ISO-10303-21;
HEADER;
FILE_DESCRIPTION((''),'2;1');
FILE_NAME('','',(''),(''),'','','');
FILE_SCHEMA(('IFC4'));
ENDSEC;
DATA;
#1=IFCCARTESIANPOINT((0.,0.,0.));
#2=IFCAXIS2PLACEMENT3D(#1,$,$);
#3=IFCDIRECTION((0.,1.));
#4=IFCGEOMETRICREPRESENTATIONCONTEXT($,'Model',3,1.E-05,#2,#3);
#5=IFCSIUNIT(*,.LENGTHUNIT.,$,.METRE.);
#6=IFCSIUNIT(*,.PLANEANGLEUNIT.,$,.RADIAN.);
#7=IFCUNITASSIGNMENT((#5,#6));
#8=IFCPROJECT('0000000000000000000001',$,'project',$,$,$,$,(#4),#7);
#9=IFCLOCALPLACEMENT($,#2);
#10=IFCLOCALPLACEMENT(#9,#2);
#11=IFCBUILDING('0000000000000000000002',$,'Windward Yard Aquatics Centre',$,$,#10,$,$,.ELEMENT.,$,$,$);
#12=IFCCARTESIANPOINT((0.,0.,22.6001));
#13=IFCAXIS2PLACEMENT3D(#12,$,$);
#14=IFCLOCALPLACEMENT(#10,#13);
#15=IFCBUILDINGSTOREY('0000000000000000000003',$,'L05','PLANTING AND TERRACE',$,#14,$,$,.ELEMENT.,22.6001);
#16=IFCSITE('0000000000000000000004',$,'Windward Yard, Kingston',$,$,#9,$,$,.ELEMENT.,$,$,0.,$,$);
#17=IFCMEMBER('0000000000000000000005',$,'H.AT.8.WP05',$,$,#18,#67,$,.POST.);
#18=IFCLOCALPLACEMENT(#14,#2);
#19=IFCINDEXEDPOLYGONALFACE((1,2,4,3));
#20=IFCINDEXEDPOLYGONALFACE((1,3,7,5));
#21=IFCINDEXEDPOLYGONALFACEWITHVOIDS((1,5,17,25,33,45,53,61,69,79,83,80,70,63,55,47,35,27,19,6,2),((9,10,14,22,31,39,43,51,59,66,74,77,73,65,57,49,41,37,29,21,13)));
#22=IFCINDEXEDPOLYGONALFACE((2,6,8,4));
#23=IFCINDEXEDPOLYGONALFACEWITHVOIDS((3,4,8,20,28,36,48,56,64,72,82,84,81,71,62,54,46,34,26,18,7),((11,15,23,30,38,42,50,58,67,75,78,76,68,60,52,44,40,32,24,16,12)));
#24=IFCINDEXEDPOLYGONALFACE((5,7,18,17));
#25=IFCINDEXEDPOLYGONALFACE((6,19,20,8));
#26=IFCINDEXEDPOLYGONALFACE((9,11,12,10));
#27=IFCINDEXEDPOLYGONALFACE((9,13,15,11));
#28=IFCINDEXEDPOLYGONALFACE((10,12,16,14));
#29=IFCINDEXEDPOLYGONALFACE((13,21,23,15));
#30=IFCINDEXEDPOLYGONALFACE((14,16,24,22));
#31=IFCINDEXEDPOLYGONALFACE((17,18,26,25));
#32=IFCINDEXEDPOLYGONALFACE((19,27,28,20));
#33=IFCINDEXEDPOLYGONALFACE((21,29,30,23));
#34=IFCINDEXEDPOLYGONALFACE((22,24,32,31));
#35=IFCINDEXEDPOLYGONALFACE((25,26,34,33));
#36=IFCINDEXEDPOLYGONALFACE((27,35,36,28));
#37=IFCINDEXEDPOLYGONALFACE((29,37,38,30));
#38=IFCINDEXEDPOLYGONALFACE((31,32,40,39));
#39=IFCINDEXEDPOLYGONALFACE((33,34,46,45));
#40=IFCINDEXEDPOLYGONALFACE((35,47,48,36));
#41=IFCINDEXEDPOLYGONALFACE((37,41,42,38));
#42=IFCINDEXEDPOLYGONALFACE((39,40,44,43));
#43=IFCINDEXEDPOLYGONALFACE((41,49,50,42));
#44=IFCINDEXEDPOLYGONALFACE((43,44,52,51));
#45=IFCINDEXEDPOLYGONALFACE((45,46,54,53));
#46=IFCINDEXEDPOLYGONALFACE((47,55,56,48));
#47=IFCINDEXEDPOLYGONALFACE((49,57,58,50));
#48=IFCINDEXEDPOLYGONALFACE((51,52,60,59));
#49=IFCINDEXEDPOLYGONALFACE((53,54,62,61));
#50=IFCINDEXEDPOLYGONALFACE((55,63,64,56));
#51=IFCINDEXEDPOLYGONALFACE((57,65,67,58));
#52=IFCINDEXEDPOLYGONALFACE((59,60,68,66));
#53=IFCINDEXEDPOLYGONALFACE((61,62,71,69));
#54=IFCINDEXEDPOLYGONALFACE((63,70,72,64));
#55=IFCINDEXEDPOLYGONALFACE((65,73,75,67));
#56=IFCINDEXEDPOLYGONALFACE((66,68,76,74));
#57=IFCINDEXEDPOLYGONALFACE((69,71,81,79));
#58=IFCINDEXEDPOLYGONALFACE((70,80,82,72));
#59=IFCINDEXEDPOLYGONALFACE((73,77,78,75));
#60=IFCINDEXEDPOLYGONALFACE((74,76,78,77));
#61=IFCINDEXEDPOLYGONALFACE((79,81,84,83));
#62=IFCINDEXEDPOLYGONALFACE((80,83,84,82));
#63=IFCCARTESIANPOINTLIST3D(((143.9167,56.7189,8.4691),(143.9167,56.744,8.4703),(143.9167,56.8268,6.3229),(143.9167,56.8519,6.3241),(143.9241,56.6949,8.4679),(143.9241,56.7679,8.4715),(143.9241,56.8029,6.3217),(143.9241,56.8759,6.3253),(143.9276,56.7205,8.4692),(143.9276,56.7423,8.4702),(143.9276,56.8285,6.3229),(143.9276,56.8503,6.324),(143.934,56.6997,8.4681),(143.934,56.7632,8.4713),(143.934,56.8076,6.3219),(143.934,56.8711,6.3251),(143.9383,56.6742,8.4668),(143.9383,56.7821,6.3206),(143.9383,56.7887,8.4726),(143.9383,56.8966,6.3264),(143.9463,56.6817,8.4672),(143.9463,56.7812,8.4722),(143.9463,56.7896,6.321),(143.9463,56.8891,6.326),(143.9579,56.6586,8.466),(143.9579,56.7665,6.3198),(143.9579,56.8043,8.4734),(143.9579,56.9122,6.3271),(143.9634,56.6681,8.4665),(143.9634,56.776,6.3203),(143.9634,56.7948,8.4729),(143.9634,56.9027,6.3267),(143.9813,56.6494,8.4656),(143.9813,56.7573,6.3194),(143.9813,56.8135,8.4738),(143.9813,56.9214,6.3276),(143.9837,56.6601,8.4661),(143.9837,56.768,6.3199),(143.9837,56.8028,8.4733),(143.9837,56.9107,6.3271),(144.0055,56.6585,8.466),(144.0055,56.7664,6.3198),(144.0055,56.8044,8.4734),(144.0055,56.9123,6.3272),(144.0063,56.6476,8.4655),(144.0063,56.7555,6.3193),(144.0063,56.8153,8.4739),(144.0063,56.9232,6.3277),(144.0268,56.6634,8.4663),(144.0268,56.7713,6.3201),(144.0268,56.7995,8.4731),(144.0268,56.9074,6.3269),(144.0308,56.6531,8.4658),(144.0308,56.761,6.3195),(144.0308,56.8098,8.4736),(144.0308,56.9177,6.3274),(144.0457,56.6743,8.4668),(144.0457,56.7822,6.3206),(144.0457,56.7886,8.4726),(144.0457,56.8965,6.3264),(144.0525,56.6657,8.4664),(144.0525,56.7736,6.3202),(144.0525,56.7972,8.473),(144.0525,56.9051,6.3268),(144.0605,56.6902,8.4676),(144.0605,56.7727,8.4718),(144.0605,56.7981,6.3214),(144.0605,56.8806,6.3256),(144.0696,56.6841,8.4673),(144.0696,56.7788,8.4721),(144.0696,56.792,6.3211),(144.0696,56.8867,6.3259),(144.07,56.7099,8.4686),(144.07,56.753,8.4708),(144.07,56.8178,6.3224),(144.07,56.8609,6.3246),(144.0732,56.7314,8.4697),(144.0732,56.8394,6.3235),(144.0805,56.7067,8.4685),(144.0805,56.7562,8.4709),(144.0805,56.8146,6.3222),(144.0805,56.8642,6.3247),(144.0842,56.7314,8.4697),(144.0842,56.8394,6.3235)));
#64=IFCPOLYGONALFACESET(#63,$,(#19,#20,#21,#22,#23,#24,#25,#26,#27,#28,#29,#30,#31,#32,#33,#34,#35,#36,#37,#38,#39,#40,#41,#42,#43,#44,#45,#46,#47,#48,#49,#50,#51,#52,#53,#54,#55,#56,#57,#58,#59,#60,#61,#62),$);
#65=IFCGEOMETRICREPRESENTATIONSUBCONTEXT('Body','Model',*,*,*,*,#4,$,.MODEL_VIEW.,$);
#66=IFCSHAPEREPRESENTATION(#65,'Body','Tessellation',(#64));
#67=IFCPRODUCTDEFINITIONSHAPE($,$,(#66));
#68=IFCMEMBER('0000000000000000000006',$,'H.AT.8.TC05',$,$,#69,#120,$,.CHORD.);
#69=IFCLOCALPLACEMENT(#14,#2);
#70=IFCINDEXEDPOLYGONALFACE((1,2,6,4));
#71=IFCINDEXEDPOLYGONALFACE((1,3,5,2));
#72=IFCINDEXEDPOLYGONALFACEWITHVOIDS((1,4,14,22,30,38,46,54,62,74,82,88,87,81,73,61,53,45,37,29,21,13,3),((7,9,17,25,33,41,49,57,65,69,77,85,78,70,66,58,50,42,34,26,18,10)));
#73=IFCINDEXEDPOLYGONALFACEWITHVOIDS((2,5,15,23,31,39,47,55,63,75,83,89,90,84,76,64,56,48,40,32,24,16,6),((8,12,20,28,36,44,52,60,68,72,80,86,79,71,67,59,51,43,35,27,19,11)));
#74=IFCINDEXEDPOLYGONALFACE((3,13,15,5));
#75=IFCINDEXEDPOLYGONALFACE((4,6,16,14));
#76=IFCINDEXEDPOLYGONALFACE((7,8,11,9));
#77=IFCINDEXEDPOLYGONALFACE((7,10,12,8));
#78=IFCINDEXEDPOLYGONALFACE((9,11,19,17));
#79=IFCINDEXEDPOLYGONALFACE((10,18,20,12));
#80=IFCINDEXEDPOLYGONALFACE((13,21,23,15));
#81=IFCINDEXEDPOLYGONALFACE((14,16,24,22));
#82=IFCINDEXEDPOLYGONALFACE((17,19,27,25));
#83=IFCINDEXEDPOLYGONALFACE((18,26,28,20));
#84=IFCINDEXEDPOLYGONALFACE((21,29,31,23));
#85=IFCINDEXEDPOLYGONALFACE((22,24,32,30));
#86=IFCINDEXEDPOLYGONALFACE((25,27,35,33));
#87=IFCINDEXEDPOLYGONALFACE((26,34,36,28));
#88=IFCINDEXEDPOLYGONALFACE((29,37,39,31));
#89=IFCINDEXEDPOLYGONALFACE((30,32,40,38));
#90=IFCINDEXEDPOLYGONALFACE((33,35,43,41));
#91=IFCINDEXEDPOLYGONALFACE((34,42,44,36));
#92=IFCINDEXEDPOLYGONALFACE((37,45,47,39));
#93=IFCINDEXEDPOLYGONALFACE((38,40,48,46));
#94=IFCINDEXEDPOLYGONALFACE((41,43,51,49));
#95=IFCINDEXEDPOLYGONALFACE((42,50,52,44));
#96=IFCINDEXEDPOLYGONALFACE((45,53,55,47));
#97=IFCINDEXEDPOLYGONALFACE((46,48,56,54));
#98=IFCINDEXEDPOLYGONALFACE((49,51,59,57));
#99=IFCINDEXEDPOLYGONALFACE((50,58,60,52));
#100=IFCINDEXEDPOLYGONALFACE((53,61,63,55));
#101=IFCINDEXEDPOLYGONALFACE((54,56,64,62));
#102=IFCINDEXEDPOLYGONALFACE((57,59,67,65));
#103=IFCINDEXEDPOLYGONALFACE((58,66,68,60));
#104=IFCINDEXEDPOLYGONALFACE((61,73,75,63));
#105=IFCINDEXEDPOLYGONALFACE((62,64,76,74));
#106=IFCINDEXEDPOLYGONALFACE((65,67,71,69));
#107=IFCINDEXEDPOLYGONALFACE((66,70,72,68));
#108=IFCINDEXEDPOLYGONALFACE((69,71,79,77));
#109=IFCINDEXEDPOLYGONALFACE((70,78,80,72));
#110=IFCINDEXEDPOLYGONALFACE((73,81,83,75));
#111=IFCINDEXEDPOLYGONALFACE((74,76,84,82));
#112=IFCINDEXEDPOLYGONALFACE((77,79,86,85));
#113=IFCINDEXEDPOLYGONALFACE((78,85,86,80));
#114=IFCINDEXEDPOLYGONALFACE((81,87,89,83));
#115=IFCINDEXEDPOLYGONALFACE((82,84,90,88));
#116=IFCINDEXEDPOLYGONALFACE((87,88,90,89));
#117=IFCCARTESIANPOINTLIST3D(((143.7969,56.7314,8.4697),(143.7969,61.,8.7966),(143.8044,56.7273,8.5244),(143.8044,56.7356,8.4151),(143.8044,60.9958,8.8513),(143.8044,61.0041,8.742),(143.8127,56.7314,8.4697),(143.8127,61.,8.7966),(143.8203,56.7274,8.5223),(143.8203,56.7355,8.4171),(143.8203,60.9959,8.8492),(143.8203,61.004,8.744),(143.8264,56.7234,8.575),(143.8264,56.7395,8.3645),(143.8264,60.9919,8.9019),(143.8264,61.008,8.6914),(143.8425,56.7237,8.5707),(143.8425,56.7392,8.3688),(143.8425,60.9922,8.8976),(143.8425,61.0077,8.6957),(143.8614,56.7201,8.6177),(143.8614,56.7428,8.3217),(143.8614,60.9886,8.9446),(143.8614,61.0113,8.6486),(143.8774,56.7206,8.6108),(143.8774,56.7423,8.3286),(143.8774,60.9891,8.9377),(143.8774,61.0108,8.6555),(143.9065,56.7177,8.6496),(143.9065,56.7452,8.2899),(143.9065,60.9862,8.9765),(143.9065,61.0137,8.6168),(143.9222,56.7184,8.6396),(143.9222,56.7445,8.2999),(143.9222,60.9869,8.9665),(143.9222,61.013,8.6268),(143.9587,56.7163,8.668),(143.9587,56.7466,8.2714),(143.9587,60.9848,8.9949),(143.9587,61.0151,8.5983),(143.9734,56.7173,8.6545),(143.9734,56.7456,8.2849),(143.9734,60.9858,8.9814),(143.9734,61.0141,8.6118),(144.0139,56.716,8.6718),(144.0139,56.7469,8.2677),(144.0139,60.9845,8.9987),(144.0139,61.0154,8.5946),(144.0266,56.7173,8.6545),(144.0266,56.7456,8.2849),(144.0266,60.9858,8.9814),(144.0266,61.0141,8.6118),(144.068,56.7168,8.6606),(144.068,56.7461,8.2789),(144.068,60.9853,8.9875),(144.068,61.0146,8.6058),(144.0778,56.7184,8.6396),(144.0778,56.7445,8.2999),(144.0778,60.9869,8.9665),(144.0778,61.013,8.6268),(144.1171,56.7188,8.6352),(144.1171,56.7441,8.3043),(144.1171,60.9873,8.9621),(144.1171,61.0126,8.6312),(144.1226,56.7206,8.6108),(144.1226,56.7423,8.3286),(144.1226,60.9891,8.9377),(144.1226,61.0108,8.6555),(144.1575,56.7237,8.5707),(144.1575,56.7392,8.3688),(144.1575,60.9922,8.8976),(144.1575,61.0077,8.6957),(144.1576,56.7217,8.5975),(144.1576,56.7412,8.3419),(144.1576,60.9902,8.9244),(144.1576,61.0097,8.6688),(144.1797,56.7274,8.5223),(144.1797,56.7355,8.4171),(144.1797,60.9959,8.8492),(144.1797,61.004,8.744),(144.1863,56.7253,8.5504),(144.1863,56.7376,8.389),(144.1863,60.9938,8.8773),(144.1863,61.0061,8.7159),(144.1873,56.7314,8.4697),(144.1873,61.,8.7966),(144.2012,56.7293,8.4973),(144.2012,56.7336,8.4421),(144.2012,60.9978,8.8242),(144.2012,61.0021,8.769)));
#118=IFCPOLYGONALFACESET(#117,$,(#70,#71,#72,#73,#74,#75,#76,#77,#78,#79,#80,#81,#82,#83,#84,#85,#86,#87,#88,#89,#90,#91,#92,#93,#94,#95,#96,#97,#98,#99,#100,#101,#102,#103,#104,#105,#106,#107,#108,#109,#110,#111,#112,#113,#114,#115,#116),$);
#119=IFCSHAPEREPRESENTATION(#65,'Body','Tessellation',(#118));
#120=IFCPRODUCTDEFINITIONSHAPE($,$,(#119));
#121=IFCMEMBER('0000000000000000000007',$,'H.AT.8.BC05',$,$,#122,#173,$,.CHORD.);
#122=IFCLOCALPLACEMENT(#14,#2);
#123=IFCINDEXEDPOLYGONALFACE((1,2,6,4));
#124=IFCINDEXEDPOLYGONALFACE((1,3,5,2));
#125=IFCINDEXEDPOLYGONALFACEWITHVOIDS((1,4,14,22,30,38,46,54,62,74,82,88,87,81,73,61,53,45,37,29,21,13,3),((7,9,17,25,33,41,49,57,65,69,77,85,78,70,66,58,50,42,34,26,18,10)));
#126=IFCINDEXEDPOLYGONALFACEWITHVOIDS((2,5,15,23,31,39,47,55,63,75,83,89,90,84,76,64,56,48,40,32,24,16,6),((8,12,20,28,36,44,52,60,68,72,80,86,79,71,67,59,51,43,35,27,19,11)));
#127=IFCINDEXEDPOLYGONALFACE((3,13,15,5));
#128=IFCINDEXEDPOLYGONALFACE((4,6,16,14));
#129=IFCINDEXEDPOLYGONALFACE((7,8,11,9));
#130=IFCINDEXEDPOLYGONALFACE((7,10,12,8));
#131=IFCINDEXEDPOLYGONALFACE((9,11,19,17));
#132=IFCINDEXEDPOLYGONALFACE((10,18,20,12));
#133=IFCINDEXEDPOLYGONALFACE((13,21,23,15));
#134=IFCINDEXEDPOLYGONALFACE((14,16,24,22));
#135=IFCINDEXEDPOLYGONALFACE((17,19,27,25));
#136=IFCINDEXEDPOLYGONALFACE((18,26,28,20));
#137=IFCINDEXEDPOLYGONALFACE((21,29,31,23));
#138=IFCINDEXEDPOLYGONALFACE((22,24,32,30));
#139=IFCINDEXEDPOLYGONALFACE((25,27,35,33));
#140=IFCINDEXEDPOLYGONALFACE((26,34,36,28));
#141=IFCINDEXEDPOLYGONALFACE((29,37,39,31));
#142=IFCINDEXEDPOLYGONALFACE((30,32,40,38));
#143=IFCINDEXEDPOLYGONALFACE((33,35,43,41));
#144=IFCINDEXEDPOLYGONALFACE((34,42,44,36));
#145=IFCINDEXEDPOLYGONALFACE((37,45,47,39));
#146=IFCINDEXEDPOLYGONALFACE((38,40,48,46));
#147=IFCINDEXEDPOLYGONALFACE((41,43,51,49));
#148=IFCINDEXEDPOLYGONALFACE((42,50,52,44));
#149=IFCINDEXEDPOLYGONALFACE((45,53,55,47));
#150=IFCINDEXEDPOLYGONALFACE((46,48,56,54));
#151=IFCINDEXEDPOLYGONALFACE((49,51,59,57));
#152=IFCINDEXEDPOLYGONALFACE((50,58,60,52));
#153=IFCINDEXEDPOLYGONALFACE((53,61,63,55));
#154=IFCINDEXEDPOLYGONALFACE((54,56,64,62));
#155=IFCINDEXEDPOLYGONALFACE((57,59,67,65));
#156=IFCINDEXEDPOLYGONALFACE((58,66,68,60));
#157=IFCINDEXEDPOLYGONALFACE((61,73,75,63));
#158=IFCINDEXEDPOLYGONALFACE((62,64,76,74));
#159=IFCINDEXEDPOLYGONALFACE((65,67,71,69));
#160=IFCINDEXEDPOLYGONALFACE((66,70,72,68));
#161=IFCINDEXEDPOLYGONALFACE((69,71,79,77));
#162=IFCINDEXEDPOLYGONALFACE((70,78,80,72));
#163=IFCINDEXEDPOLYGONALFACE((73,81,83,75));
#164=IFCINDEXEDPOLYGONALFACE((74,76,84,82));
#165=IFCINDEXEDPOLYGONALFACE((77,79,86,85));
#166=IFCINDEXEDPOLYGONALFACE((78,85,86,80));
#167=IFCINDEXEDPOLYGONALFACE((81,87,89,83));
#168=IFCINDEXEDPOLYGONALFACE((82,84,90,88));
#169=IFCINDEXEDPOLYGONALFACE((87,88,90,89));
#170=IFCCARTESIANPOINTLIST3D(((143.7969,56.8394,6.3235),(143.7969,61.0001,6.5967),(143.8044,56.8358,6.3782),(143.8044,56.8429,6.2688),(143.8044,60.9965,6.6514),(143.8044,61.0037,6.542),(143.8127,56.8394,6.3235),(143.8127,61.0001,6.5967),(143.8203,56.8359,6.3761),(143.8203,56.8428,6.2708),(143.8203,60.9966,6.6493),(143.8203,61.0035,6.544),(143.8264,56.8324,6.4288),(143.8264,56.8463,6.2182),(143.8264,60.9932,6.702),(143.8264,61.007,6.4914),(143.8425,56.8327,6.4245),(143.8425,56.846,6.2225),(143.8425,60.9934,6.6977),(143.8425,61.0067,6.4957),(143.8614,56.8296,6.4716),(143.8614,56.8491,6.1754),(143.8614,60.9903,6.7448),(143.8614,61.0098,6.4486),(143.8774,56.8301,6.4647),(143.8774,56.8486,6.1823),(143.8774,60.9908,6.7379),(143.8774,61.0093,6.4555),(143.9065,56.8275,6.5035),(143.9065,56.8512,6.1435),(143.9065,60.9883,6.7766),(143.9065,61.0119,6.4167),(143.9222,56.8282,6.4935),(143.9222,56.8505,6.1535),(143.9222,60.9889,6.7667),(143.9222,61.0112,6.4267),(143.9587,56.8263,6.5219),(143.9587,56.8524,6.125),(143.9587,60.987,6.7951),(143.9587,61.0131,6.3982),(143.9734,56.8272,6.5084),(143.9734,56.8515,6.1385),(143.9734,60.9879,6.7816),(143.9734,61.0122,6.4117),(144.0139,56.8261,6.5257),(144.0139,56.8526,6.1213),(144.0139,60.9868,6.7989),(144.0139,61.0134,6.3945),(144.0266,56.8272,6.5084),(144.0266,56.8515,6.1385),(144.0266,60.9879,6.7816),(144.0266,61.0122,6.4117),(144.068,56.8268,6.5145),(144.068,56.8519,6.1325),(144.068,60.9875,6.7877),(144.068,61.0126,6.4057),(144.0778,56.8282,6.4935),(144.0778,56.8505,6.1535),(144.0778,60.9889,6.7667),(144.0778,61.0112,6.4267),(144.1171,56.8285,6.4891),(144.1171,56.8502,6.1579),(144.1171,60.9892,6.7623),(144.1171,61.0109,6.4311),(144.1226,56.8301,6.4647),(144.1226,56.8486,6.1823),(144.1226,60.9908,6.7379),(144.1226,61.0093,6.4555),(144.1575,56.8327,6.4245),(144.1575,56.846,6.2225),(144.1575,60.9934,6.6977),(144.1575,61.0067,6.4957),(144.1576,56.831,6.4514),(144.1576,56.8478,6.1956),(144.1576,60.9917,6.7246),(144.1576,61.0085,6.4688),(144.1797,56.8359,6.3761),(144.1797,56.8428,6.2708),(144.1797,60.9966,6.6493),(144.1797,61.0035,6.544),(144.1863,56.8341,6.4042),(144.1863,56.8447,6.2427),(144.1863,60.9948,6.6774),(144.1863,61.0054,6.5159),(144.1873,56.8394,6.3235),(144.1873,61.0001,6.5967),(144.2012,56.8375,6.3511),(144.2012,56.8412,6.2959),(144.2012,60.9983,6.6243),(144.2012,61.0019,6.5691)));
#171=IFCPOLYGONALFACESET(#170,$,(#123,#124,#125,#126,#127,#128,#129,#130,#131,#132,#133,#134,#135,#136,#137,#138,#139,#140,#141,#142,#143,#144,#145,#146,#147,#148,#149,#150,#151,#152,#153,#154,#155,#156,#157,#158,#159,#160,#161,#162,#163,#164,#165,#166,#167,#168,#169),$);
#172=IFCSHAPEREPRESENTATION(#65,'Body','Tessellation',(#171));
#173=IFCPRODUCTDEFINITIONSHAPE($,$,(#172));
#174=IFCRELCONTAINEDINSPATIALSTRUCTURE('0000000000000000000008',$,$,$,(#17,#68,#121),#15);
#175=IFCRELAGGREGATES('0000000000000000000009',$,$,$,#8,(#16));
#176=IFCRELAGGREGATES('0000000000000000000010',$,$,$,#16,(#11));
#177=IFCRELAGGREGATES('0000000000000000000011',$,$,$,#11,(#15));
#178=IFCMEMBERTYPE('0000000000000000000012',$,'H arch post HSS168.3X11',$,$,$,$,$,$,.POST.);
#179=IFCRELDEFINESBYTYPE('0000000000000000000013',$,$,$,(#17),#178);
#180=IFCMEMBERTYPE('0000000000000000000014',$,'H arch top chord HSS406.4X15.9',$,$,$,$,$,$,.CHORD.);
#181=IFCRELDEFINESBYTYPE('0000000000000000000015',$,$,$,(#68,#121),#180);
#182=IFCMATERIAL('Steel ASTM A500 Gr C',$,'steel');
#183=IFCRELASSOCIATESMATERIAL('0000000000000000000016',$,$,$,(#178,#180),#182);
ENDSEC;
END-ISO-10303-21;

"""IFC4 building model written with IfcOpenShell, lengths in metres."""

from ifc_helpers import new_model, si_unit, direction, frame, origin, origin_2d, place, context, subcontext, project, spatial, hollow_circle, extrude, material, material_profile, profile_set, type_object, element, save


model = new_model("IFC4")

# Units and contexts
model_context = context("Model", 3, precision=1e-05, world=origin(), true_north=direction((0.0, 1.0)))
body_context = subcontext(model_context, "Body", "Model", "MODEL_VIEW")
ifc_project = project(units=[si_unit("LENGTHUNIT", "METRE"), si_unit("PLANEANGLEUNIT", "RADIAN")], contexts=[model_context])

# Site, building, storey
site_placement = place(None, origin())
site = spatial("IfcSite", under=ifc_project, at=site_placement, Name="Windward Yard, Kingston", CompositionType="ELEMENT", RefElevation=0.0)
building_placement = place(site_placement, origin())
building = spatial("IfcBuilding", under=site, at=building_placement, Name="Windward Yard Aquatics Centre", CompositionType="ELEMENT")
storey_placement = place(building_placement, frame((0.0, 0.0, 22.6001)))
storey = spatial("IfcBuildingStorey", under=building, at=storey_placement, Name="L05", Description="PLANTING AND TERRACE", CompositionType="ELEMENT", Elevation=22.6001)

# Members
ifc_material_1 = material(Name="Steel ASTM A500 Gr C", Category="steel")
ifc_material_profile_1 = material_profile(ifc_material_1, hollow_circle(Radius=0.0842, WallThickness=0.011, at=origin_2d()), Name="HSS168.3X11")
ifc_profile_set_1 = profile_set([ifc_material_profile_1], Name="Steel ASTM A500 Gr C")
member_type_1 = type_object("IfcMemberType", Name="H arch post HSS168.3X11", PredefinedType="POST", material=ifc_profile_set_1)
member_1_placement = place(storey_placement, frame((144.0, 56.8394, 6.3235), z_axis=(0.0, -0.050215, 0.998738), x_axis=(1.0, 0.0, 0.0)))
element("IfcMember", 1, at=member_1_placement, inside=storey, type_object=member_type_1, Name="H.AT.8.WP05", PredefinedType="POST", context=body_context, shape_type="SweptSolid", body=[
    extrude(hollow_circle(Radius=0.0842, WallThickness=0.011, at=origin_2d()), origin(), (0.0, 0.0, 1.0), 2.1489),
])
ifc_material_profile_2 = material_profile(ifc_material_1, hollow_circle(Radius=0.2031, WallThickness=0.0159, at=origin_2d()), Name="HSS406.4X15.9")
ifc_profile_set_2 = profile_set([ifc_material_profile_2], Name="Steel ASTM A500 Gr C")
member_type_2 = type_object("IfcMemberType", Name="H arch top chord HSS406.4X15.9", PredefinedType="CHORD", material=ifc_profile_set_2)
member_2_placement = place(storey_placement, frame((144.0, 56.7314, 8.4697), z_axis=(0.0, 0.99708, 0.076361), x_axis=(-1.0, 0.0, 0.0)))
element("IfcMember", 2, at=member_2_placement, inside=storey, type_object=member_type_2, Name="H.AT.8.TC05", PredefinedType="CHORD", context=body_context, shape_type="SweptSolid", body=[
    extrude(hollow_circle(Radius=0.2031, WallThickness=0.0159, at=origin_2d()), origin(), (0.0, 0.0, 1.0), 4.281),
])
member_3_placement = place(storey_placement, frame((144.0, 56.8394, 6.3235), z_axis=(0.0, 0.997851, 0.06552), x_axis=(-1.0, 0.0, 0.0)))
element("IfcMember", 3, at=member_3_placement, inside=storey, type_object=member_type_2, Name="H.AT.8.BC05", PredefinedType="CHORD", context=body_context, shape_type="SweptSolid", body=[
    extrude(hollow_circle(Radius=0.2031, WallThickness=0.0159, at=origin_2d()), origin(), (0.0, 0.0, 1.0), 4.1697),
])

save(model, "model.ifc")
